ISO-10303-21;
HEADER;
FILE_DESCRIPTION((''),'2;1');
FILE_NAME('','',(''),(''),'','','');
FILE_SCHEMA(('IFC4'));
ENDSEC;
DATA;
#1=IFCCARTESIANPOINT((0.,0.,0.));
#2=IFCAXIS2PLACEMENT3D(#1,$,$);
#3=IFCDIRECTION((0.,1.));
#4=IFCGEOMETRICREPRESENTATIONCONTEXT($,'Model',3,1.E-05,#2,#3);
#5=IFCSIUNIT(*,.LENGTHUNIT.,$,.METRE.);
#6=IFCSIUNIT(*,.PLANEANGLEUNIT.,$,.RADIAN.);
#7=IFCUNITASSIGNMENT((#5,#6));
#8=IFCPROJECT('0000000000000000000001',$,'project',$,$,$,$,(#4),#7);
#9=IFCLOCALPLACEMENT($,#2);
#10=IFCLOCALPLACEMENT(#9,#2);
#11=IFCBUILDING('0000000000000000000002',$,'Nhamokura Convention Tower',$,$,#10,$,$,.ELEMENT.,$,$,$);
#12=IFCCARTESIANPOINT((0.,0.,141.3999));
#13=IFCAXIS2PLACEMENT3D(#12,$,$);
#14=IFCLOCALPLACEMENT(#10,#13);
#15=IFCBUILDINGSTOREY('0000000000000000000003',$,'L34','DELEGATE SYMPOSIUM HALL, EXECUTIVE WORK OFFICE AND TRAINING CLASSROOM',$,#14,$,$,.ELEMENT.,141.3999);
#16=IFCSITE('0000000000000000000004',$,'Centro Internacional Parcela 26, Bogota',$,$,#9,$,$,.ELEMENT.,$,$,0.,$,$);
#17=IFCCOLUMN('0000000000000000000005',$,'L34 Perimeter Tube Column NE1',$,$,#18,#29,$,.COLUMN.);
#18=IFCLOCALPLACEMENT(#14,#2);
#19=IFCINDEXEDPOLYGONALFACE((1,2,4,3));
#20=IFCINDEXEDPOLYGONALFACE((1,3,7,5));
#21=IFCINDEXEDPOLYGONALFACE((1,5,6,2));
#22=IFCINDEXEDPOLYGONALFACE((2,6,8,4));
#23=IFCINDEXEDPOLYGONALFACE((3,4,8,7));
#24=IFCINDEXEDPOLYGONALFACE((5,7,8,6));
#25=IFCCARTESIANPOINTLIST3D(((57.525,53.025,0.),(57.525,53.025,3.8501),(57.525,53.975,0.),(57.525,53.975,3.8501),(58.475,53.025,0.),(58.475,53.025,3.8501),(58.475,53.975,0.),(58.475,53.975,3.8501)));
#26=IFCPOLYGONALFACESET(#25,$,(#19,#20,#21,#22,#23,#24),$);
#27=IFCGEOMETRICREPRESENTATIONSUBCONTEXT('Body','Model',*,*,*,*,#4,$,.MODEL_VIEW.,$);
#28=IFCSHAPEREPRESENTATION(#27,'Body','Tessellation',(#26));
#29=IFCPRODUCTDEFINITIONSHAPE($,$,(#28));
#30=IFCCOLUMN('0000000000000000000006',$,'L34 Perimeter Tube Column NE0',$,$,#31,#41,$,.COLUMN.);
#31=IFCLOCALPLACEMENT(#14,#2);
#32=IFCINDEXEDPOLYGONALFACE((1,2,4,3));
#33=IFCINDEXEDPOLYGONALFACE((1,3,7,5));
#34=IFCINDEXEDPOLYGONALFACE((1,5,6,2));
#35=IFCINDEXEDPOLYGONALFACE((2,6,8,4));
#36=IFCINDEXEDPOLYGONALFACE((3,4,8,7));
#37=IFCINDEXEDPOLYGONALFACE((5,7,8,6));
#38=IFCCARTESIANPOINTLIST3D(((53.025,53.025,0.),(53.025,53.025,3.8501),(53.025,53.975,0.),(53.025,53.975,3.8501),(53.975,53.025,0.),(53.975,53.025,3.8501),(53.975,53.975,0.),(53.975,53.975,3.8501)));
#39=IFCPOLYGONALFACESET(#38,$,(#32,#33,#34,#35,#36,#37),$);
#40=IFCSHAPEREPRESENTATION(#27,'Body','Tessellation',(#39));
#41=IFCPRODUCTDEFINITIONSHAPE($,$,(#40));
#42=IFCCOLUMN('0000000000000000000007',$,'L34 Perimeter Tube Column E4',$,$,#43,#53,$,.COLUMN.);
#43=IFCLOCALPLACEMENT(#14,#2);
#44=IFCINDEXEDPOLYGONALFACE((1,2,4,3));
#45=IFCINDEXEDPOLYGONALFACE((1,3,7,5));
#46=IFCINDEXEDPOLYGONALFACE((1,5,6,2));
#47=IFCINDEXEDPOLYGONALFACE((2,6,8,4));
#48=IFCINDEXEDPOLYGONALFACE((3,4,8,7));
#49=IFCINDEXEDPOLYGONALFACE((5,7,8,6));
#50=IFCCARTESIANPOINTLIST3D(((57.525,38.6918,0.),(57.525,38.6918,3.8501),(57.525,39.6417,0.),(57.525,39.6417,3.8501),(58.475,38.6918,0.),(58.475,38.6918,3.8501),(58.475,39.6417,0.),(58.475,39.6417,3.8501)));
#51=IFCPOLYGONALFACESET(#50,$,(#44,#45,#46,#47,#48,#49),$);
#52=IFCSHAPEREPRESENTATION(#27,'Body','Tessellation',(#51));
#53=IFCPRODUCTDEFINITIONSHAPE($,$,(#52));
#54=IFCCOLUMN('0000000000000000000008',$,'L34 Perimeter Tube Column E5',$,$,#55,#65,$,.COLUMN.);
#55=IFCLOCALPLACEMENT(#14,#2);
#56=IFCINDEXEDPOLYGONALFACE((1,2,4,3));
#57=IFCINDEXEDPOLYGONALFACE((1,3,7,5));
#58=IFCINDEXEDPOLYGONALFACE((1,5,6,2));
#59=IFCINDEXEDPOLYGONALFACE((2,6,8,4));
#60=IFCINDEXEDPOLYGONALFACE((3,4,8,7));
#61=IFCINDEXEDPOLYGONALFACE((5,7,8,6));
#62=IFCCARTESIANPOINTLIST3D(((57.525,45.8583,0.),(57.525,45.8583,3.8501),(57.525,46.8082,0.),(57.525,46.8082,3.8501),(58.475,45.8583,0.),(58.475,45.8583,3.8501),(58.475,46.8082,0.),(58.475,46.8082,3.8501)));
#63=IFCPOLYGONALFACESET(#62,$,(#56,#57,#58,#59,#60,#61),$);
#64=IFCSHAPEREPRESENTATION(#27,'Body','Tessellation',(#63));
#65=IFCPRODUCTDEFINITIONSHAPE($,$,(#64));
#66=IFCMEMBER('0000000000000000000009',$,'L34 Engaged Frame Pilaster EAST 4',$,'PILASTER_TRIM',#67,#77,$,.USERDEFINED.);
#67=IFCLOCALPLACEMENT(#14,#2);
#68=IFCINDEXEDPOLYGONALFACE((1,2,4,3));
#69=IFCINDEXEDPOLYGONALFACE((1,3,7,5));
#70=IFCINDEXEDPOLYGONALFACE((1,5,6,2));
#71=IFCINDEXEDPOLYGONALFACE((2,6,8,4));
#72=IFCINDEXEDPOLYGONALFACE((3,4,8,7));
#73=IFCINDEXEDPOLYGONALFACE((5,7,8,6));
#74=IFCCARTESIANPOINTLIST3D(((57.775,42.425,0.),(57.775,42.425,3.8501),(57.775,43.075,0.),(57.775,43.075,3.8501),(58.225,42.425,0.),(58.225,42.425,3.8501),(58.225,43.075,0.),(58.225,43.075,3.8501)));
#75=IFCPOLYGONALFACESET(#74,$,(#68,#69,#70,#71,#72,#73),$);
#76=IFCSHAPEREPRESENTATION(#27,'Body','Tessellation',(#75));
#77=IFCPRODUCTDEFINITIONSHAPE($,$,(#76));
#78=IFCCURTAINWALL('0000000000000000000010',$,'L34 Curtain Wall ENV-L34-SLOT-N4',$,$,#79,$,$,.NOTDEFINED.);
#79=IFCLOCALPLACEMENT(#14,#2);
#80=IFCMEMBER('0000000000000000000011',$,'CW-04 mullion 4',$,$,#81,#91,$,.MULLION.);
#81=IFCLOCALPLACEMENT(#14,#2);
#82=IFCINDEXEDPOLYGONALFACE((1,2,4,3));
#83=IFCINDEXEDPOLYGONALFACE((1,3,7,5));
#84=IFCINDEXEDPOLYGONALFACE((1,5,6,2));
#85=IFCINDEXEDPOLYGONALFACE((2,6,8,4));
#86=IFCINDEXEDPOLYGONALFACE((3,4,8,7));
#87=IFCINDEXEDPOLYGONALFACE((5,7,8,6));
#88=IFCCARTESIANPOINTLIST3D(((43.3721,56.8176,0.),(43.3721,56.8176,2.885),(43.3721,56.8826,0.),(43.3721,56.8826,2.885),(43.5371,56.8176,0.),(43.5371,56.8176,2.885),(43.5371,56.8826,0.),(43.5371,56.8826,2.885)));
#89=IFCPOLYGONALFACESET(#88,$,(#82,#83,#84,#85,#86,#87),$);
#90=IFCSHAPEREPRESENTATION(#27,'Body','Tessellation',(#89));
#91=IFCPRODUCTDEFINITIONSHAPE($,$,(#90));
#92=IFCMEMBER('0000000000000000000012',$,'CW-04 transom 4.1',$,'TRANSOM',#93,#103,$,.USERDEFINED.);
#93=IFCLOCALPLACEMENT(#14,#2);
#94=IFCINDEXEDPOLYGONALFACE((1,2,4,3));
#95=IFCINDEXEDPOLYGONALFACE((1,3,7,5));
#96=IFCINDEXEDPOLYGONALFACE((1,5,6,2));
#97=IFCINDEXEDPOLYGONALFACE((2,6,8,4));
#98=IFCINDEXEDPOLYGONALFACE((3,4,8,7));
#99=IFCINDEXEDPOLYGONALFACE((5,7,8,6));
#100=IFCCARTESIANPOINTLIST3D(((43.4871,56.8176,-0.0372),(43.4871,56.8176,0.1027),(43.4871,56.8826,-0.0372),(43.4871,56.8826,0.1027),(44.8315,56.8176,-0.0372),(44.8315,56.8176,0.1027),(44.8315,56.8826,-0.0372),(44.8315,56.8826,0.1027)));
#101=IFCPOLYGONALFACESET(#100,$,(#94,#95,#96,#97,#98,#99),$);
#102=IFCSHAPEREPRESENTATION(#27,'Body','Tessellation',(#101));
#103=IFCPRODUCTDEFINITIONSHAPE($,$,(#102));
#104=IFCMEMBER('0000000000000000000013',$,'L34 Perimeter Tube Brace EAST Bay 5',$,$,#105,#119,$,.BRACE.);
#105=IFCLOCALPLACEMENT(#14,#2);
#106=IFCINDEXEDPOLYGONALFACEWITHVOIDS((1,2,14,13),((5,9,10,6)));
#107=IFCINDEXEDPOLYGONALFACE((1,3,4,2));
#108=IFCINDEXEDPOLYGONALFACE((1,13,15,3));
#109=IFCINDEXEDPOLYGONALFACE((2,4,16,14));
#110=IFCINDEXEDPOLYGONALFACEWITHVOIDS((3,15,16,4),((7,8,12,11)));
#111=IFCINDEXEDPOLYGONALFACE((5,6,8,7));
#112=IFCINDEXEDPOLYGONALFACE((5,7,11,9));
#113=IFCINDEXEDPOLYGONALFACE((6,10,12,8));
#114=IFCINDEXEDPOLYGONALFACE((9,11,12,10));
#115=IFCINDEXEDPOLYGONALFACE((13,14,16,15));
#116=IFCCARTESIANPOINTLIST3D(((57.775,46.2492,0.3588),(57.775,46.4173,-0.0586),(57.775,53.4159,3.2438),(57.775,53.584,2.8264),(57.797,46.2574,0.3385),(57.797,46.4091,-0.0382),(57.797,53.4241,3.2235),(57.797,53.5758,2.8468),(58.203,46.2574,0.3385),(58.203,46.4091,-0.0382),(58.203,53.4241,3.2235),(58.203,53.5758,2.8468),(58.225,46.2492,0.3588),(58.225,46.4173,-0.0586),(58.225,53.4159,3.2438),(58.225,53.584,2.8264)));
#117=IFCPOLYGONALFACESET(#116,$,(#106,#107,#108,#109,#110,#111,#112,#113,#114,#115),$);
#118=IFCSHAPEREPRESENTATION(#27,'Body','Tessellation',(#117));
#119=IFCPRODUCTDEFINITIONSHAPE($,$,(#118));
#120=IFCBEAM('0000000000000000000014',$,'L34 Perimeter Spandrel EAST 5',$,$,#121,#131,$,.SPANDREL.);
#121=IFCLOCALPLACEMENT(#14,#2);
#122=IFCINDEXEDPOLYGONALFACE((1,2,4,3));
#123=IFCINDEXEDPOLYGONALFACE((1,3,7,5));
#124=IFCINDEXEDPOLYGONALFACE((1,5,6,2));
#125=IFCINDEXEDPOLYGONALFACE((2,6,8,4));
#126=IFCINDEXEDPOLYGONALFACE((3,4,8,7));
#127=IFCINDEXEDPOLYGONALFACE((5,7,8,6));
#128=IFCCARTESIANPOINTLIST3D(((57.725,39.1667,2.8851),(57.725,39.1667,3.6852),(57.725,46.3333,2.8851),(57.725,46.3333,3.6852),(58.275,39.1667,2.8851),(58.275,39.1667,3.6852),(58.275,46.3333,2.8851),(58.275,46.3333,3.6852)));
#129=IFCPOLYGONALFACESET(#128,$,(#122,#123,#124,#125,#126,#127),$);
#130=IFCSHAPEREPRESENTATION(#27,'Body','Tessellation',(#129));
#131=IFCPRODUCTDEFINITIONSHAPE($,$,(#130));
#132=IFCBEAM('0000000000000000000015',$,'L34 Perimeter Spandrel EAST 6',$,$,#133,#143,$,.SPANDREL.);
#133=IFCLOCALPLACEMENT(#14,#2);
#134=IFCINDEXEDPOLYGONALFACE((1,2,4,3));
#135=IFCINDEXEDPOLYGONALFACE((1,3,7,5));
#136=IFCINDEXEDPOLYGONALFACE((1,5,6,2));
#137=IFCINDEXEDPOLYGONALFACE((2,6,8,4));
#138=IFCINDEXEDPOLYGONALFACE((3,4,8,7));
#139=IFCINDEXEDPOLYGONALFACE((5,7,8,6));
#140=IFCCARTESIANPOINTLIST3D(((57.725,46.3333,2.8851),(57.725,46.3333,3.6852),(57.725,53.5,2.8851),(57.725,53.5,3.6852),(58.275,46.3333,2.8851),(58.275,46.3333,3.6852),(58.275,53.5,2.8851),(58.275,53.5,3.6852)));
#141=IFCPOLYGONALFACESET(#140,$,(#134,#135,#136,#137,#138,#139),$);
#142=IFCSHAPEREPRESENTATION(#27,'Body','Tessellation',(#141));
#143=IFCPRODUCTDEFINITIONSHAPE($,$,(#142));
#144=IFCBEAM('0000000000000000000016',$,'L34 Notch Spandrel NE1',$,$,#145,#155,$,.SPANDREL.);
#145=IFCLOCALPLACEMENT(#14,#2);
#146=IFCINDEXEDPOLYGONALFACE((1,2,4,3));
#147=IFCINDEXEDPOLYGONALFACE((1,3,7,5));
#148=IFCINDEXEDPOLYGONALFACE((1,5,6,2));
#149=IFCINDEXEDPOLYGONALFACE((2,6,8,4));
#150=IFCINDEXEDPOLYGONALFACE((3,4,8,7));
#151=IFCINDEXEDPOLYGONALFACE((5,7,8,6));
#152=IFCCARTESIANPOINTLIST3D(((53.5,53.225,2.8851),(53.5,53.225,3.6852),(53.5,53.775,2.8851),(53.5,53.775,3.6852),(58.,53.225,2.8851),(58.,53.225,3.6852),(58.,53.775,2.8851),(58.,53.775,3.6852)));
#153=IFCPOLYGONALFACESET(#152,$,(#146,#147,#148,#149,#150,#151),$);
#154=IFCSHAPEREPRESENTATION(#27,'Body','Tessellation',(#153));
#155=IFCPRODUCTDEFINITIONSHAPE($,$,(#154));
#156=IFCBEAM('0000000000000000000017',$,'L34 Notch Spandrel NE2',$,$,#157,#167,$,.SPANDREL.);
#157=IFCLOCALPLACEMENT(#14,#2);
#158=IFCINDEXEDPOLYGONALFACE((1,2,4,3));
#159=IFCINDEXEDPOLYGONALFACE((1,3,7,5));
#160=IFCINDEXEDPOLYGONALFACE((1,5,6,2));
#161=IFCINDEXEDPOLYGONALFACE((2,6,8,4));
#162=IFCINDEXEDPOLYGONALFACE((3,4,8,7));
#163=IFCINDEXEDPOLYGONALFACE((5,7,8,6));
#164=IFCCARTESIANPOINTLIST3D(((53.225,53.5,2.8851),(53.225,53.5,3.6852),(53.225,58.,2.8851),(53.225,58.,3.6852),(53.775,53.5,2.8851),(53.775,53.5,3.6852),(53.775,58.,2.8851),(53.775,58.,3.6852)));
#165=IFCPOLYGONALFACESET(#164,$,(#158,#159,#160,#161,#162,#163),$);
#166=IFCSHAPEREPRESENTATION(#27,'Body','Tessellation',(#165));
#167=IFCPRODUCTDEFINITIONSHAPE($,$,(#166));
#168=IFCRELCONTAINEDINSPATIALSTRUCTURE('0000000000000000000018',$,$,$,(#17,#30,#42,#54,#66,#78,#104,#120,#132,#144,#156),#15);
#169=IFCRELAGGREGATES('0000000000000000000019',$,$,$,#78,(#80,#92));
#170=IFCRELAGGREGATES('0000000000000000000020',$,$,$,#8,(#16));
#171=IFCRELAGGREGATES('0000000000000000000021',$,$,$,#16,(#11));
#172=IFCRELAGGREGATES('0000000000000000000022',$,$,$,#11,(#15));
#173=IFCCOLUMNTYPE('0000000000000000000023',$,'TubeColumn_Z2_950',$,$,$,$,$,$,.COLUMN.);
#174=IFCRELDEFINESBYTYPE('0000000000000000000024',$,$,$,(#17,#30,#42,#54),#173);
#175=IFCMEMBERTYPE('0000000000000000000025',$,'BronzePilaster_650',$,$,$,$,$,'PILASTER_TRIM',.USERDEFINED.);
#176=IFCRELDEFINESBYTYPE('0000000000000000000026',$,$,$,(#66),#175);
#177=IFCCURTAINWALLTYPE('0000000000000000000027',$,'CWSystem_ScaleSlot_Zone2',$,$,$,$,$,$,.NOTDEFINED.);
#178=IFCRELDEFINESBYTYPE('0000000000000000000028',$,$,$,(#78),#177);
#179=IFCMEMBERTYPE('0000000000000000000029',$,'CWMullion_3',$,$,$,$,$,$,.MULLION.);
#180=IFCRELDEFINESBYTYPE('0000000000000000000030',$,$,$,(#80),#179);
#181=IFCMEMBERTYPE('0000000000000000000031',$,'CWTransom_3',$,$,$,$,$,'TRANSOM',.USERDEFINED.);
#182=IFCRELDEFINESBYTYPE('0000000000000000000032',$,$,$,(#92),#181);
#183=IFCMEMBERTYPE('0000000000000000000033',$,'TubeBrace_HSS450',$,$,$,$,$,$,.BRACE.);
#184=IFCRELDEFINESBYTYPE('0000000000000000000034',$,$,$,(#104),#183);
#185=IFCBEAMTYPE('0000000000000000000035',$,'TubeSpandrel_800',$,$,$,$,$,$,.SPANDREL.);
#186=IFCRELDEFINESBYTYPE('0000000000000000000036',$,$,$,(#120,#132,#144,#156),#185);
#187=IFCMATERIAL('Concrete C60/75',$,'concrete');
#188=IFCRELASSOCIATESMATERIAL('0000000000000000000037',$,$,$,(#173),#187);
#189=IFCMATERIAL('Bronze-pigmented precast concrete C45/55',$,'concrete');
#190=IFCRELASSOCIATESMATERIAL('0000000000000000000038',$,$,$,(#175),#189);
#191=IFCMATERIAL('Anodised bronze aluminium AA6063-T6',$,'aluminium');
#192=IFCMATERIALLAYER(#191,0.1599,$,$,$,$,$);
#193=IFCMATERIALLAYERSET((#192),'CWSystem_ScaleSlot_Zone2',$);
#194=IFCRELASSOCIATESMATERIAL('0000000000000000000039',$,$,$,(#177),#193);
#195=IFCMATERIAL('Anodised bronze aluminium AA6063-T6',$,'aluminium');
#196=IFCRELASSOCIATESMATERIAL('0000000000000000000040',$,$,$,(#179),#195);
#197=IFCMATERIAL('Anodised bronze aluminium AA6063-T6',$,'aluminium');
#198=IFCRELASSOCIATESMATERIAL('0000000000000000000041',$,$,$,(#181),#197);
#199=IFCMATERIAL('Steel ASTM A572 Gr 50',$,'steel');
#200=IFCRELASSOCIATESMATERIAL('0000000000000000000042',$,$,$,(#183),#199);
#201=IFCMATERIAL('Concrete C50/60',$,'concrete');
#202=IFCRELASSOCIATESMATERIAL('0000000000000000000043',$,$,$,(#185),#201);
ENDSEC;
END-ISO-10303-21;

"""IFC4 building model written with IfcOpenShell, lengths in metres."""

from ifc_helpers import new_model, si_unit, direction, frame, origin, origin_2d, place, context, subcontext, project, spatial, rectangle, hollow_rectangle, extrude, material, layer, layer_set, material_profile, profile_set, type_object, element, aggregate, save


model = new_model("IFC4")

# Units and contexts
model_context = context("Model", 3, precision=1e-05, world=origin(), true_north=direction((0.0, 1.0)))
body_context = subcontext(model_context, "Body", "Model", "MODEL_VIEW")
ifc_project = project(units=[si_unit("LENGTHUNIT", "METRE"), si_unit("PLANEANGLEUNIT", "RADIAN")], contexts=[model_context])

# Site, building, storey
site_placement = place(None, origin())
site = spatial("IfcSite", under=ifc_project, at=site_placement, Name="Centro Internacional Parcela 26, Bogota", CompositionType="ELEMENT", RefElevation=0.0)
building_placement = place(site_placement, origin())
building = spatial("IfcBuilding", under=site, at=building_placement, Name="Nhamokura Convention Tower", CompositionType="ELEMENT")
storey_placement = place(building_placement, frame((0.0, 0.0, 141.3999)))
storey = spatial("IfcBuildingStorey", under=building, at=storey_placement, Name="L34", Description="DELEGATE SYMPOSIUM HALL, EXECUTIVE WORK OFFICE AND TRAINING CLASSROOM", CompositionType="ELEMENT", Elevation=141.3999)

# Columns
ifc_material_1 = material(Name="Concrete C60/75", Category="concrete")
ifc_material_profile_1 = material_profile(ifc_material_1, rectangle(XDim=0.95, YDim=0.95, at=origin_2d()))
ifc_profile_set_1 = profile_set([ifc_material_profile_1], Name="Concrete C60/75")
column_type = type_object("IfcColumnType", Name="TubeColumn_Z2_950", PredefinedType="COLUMN", material=ifc_profile_set_1)
for number, where, z_axis, x_axis, name in (
    (1, (58.0, 53.5, 0.0), (0.0, 0.0, 1.0), (1.0, 0.0, 0.0), "L34 Perimeter Tube Column NE1"),
    (2, (53.5, 53.5, 0.0), (0.0, 0.0, 1.0), (1.0, 0.0, 0.0), "L34 Perimeter Tube Column NE0"),
    (3, (58.0, 39.1667, 0.0), (0.0, 0.0, 1.0), (1.0, 0.0, 0.0), "L34 Perimeter Tube Column E4"),
    (4, (58.0, 46.3333, 0.0), (0.0, 0.0, 1.0), (1.0, 0.0, 0.0), "L34 Perimeter Tube Column E5"),
):
    element("IfcColumn", number, at=place(storey_placement, frame(where, z_axis=z_axis, x_axis=x_axis)), inside=storey, type_object=column_type, Name=name, PredefinedType="COLUMN", context=body_context, shape_type="SweptSolid", body=[
        extrude(rectangle(XDim=0.95, YDim=0.95, at=origin_2d()), origin(), (0.0, 0.0, 1.0), 3.8501),
    ])

# Member
ifc_material_2 = material(Name="Bronze-pigmented precast concrete C45/55", Category="concrete")
ifc_material_profile_2 = material_profile(ifc_material_2, rectangle(XDim=0.45, YDim=0.6499, at=origin_2d()))
ifc_profile_set_2 = profile_set([ifc_material_profile_2], Name="Bronze-pigmented precast concrete C45/55")
member_type_1 = type_object("IfcMemberType", Name="BronzePilaster_650", ElementType="PILASTER_TRIM", PredefinedType="USERDEFINED", material=ifc_profile_set_2)
member_1_placement = place(storey_placement, frame((58.0, 42.75, 0.0), z_axis=(0.0, 0.0, 1.0), x_axis=(1.0, 0.0, 0.0)))
element("IfcMember", 5, at=member_1_placement, inside=storey, type_object=member_type_1, Name="L34 Engaged Frame Pilaster EAST 4", ObjectType="PILASTER_TRIM", PredefinedType="USERDEFINED", context=body_context, shape_type="SweptSolid", body=[
    extrude(rectangle(XDim=0.45, YDim=0.6499, at=origin_2d()), origin(), (0.0, 0.0, 1.0), 3.8501),
])

# Curtain wall, members
ifc_material_3 = material(Name="Anodised bronze aluminium AA6063-T6", Category="aluminium")
ifc_layer_1 = layer(ifc_material_3, 0.1599)
ifc_layer_set_1 = layer_set([ifc_layer_1], Name="CWSystem_ScaleSlot_Zone2")
curtain_wall_type = type_object("IfcCurtainWallType", Name="CWSystem_ScaleSlot_Zone2", PredefinedType="NOTDEFINED", material=ifc_layer_set_1)
curtain_wall_placement = place(storey_placement, origin())
curtain_wall = element("IfcCurtainWall", 6, at=curtain_wall_placement, inside=storey, type_object=curtain_wall_type, Name="L34 Curtain Wall ENV-L34-SLOT-N4", PredefinedType="NOTDEFINED")
ifc_material_4 = material(Name="Anodised bronze aluminium AA6063-T6", Category="aluminium")
ifc_material_profile_3 = material_profile(ifc_material_4, rectangle(XDim=0.0649, YDim=0.165, at=origin_2d()))
ifc_profile_set_3 = profile_set([ifc_material_profile_3], Name="Anodised bronze aluminium AA6063-T6")
member_type_2 = type_object("IfcMemberType", Name="CWMullion_3", PredefinedType="MULLION", material=ifc_profile_set_3)
member_2_placement = place(storey_placement, frame((43.4546, 56.8501, 0.0), z_axis=(0.0, 0.0, 1.0), x_axis=(0.0, 1.0, 0.0)))
member_2 = element("IfcMember", 7, at=member_2_placement, type_object=member_type_2, Name="CW-04 mullion 4", PredefinedType="MULLION", context=body_context, shape_type="SweptSolid", body=[
    extrude(rectangle(XDim=0.0649, YDim=0.165, at=origin_2d()), origin(), (0.0, 0.0, 1.0), 2.885),
])
ifc_material_5 = material(Name="Anodised bronze aluminium AA6063-T6", Category="aluminium")
ifc_material_profile_4 = material_profile(ifc_material_5, rectangle(XDim=0.0649, YDim=0.1399, at=origin_2d()))
ifc_profile_set_4 = profile_set([ifc_material_profile_4], Name="Anodised bronze aluminium AA6063-T6")
member_type_3 = type_object("IfcMemberType", Name="CWTransom_3", ElementType="TRANSOM", PredefinedType="USERDEFINED", material=ifc_profile_set_4)
member_3_placement = place(storey_placement, frame((43.4871, 56.8501, 0.0327), z_axis=(1.0, 0.0, 0.0), x_axis=(0.0, 1.0, 0.0)))
member_3 = element("IfcMember", 8, at=member_3_placement, type_object=member_type_3, Name="CW-04 transom 4.1", ObjectType="TRANSOM", PredefinedType="USERDEFINED", context=body_context, shape_type="SweptSolid", body=[
    extrude(rectangle(XDim=0.0649, YDim=0.1399, at=origin_2d()), origin(), (0.0, 0.0, 1.0), 1.3445),
])
aggregate(curtain_wall, [member_2, member_3])

# Member
ifc_material_6 = material(Name="Steel ASTM A572 Gr 50", Category="steel")
ifc_material_profile_5 = material_profile(ifc_material_6, hollow_rectangle(XDim=0.45, YDim=0.45, WallThickness=0.022, at=origin_2d()))
ifc_profile_set_5 = profile_set([ifc_material_profile_5], Name="Steel ASTM A572 Gr 50")
member_type_4 = type_object("IfcMemberType", Name="TubeBrace_HSS450", PredefinedType="BRACE", material=ifc_profile_set_5)
member_4_placement = place(storey_placement, frame((58.0, 46.3333, 0.1501), z_axis=(0.0, 0.927657, 0.373433), x_axis=(-1.0, 0.0, 0.0)))
element("IfcMember", 9, at=member_4_placement, inside=storey, type_object=member_type_4, Name="L34 Perimeter Tube Brace EAST Bay 5", PredefinedType="BRACE", context=body_context, shape_type="SweptSolid", body=[
    extrude(hollow_rectangle(XDim=0.45, YDim=0.45, WallThickness=0.022, at=origin_2d()), origin(), (0.0, 0.0, 1.0), 7.7256),
])

# Beams
ifc_material_7 = material(Name="Concrete C50/60", Category="concrete")
ifc_material_profile_6 = material_profile(ifc_material_7, rectangle(XDim=0.55, YDim=0.8, at=origin_2d()))
ifc_profile_set_6 = profile_set([ifc_material_profile_6], Name="Concrete C50/60")
beam_type = type_object("IfcBeamType", Name="TubeSpandrel_800", PredefinedType="SPANDREL", material=ifc_profile_set_6)
beam_1_placement = place(storey_placement, frame((58.0, 39.1667, 3.2852), z_axis=(0.0, 1.0, 0.0), x_axis=(-1.0, 0.0, 0.0)))
element("IfcBeam", 10, at=beam_1_placement, inside=storey, type_object=beam_type, Name="L34 Perimeter Spandrel EAST 5", PredefinedType="SPANDREL", context=body_context, shape_type="SweptSolid", body=[
    extrude(rectangle(XDim=0.55, YDim=0.8, at=origin_2d()), origin(), (0.0, 0.0, 1.0), 7.1665),
])
beam_2_placement = place(storey_placement, frame((58.0, 46.3333, 3.2852), z_axis=(0.0, 1.0, 0.0), x_axis=(-1.0, 0.0, 0.0)))
element("IfcBeam", 11, at=beam_2_placement, inside=storey, type_object=beam_type, Name="L34 Perimeter Spandrel EAST 6", PredefinedType="SPANDREL", context=body_context, shape_type="SweptSolid", body=[
    extrude(rectangle(XDim=0.55, YDim=0.8, at=origin_2d()), origin(), (0.0, 0.0, 1.0), 7.1667),
])
for number, where, z_axis, x_axis, name in (
    (12, (58.0, 53.5, 3.2852), (-1.0, 0.0, 0.0), (0.0, -1.0, 0.0), "L34 Notch Spandrel NE1"),
    (13, (53.5, 53.5, 3.2852), (0.0, 1.0, 0.0), (-1.0, 0.0, 0.0), "L34 Notch Spandrel NE2"),
):
    element("IfcBeam", number, at=place(storey_placement, frame(where, z_axis=z_axis, x_axis=x_axis)), inside=storey, type_object=beam_type, Name=name, PredefinedType="SPANDREL", context=body_context, shape_type="SweptSolid", body=[
        extrude(rectangle(XDim=0.55, YDim=0.8, at=origin_2d()), origin(), (0.0, 0.0, 1.0), 4.5),
    ])

save(model, "model.ifc")
